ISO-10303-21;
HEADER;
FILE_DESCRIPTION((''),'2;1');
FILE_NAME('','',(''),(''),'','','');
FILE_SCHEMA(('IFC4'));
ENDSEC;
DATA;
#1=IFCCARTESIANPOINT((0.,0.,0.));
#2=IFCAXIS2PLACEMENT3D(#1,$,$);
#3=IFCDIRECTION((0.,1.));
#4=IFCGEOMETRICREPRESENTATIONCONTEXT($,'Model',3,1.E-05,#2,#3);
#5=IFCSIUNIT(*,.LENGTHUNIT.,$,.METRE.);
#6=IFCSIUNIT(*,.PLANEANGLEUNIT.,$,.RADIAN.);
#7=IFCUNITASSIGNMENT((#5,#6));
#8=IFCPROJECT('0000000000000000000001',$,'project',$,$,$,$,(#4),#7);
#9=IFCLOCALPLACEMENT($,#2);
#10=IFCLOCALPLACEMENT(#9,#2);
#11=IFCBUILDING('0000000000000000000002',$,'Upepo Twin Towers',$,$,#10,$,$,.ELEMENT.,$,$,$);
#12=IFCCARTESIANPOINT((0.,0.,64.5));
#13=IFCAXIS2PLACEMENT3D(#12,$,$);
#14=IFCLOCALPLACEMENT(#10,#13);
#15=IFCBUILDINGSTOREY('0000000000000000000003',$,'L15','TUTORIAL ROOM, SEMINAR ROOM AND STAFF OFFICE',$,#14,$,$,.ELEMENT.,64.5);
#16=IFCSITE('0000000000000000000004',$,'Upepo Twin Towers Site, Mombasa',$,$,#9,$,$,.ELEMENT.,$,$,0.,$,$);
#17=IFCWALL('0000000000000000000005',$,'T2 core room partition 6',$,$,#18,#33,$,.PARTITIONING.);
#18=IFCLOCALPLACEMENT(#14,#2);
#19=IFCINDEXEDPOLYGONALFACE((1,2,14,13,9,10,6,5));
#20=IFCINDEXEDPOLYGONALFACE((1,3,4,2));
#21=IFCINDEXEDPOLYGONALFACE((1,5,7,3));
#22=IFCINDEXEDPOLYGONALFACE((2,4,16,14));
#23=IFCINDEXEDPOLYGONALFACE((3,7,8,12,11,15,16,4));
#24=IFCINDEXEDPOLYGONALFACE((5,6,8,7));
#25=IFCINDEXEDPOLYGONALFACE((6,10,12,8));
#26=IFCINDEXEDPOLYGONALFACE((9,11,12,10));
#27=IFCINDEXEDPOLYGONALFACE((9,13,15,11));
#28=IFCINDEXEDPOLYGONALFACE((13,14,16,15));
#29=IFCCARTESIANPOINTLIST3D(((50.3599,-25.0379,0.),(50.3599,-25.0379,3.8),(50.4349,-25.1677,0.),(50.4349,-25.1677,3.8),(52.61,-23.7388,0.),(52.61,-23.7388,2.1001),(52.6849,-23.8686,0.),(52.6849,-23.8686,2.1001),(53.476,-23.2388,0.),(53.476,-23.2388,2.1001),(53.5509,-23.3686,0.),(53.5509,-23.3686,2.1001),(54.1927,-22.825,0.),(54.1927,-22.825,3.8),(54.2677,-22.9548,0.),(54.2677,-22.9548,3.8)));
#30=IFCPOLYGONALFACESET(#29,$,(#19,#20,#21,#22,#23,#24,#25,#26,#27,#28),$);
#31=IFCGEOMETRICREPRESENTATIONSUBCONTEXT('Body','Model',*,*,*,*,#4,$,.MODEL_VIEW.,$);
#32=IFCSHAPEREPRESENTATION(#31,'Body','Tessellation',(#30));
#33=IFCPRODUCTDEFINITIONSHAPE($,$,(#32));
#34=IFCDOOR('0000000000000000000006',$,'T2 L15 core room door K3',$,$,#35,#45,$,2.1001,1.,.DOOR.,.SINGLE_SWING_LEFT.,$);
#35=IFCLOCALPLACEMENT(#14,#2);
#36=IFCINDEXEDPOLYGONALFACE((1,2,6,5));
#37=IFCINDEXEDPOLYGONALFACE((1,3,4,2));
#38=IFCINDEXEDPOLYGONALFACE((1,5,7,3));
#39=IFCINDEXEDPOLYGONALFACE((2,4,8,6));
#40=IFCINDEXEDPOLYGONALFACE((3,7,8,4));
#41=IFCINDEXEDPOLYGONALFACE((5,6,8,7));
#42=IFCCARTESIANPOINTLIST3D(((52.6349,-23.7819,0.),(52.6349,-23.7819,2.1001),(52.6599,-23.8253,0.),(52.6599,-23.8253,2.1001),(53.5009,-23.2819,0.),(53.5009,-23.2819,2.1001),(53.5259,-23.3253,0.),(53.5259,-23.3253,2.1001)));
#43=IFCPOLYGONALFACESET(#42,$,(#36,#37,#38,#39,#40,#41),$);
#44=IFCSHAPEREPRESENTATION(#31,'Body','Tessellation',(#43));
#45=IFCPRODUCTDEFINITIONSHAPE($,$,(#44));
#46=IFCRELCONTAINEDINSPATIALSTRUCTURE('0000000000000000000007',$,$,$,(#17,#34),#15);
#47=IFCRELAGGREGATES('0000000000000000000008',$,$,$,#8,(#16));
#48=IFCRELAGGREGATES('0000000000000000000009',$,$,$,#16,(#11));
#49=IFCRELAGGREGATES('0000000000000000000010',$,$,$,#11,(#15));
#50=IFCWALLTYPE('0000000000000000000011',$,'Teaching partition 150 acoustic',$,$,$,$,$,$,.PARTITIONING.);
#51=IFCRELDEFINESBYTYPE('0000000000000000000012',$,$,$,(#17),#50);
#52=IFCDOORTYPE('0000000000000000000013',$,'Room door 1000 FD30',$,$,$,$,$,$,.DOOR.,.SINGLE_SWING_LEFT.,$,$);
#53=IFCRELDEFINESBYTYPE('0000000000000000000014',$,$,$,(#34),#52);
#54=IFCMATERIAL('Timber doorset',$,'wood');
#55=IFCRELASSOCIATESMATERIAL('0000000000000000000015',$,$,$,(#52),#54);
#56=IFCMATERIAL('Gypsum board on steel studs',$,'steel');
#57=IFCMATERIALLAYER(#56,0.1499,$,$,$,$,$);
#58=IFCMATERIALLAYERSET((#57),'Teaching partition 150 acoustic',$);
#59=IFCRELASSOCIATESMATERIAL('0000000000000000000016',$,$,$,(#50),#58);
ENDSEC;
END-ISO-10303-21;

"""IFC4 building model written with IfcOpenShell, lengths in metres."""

from ifc_helpers import new_model, si_unit, direction, frame, frame_2d, origin, place, context, subcontext, project, spatial, rectangle, extrude, material, layer, layer_set, type_object, element, fill, save


model = new_model("IFC4")

# Units and contexts
model_context = context("Model", 3, precision=1e-05, world=origin(), true_north=direction((0.0, 1.0)))
body_context = subcontext(model_context, "Body", "Model", "MODEL_VIEW")
ifc_project = project(units=[si_unit("LENGTHUNIT", "METRE"), si_unit("PLANEANGLEUNIT", "RADIAN")], contexts=[model_context])

# Site, building, storey
site_placement = place(None, origin())
site = spatial("IfcSite", under=ifc_project, at=site_placement, Name="Upepo Twin Towers Site, Mombasa", CompositionType="ELEMENT", RefElevation=0.0)
building_placement = place(site_placement, origin())
building = spatial("IfcBuilding", under=site, at=building_placement, Name="Upepo Twin Towers", CompositionType="ELEMENT")
storey_placement = place(building_placement, frame((0.0, 0.0, 64.5)))
storey = spatial("IfcBuildingStorey", under=building, at=storey_placement, Name="L15", Description="TUTORIAL ROOM, SEMINAR ROOM AND STAFF OFFICE", CompositionType="ELEMENT", Elevation=64.5)

# Shared definitions
ifc_material_1 = material(Name="Timber doorset", Category="wood")
door_type_1 = type_object("IfcDoorType", Name="Room door 1000 FD30", OperationType="SINGLE_SWING_LEFT", PredefinedType="DOOR", material=ifc_material_1)

# Wall, opening, door
ifc_material_2 = material(Name="Gypsum board on steel studs", Category="steel")
ifc_layer_1 = layer(ifc_material_2, 0.1499)
ifc_layer_set_1 = layer_set([ifc_layer_1], Name="Teaching partition 150 acoustic")
wall_type_1 = type_object("IfcWallType", Name="Teaching partition 150 acoustic", PredefinedType="PARTITIONING", material=ifc_layer_set_1)
wall_1_placement = place(storey_placement, frame((54.2302, -22.8899, 0.0), z_axis=(0.0, 0.0, 1.0), x_axis=(-0.866021, -0.500007, 0.0)))
wall_1 = element("IfcWall", 1, at=wall_1_placement, inside=storey, type_object=wall_type_1, Name="T2 core room partition 6", PredefinedType="PARTITIONING", context=body_context, shape_type="SweptSolid", body=[
    extrude(rectangle(XDim=4.4258, YDim=0.1499, at=frame_2d((2.2129, 0.0))), origin(), (0.0, 0.0, 1.0), 3.8),
])
opening_1_placement = place(wall_1_placement, frame((0.8276, 0.0, 0.0)))
opening_1 = element("IfcOpeningElement", 2, at=opening_1_placement, cuts=wall_1, PredefinedType="OPENING", context=body_context, shape_type="SweptSolid", body=[
    extrude(rectangle(XDim=1.0, YDim=2.1001, at=frame_2d((0.5, 1.05))), frame((0.0, 0.085, 0.0), z_axis=(0.0, -1.0, 0.0), x_axis=(1.0, 0.0, 0.0)), (0.0, 0.0, 1.0), 0.1699),
])
door_1_placement = place(opening_1_placement, origin())
door_1 = element("IfcDoor", 3, at=door_1_placement, inside=storey, type_object=door_type_1, Name="T2 L15 core room door K3", OperationType="SINGLE_SWING_LEFT", OverallHeight=2.1001, OverallWidth=1.0, PredefinedType="DOOR", context=body_context, shape_type="SweptSolid", body=[
    extrude(rectangle(XDim=1.0, YDim=2.1001, at=frame_2d((0.5, 1.05))), frame((0.0, 0.0249, 0.0), z_axis=(0.0, -1.0, 0.0), x_axis=(1.0, 0.0, 0.0)), (0.0, 0.0, 1.0), 0.05),
])
fill(opening_1, door_1)

save(model, "model.ifc")
